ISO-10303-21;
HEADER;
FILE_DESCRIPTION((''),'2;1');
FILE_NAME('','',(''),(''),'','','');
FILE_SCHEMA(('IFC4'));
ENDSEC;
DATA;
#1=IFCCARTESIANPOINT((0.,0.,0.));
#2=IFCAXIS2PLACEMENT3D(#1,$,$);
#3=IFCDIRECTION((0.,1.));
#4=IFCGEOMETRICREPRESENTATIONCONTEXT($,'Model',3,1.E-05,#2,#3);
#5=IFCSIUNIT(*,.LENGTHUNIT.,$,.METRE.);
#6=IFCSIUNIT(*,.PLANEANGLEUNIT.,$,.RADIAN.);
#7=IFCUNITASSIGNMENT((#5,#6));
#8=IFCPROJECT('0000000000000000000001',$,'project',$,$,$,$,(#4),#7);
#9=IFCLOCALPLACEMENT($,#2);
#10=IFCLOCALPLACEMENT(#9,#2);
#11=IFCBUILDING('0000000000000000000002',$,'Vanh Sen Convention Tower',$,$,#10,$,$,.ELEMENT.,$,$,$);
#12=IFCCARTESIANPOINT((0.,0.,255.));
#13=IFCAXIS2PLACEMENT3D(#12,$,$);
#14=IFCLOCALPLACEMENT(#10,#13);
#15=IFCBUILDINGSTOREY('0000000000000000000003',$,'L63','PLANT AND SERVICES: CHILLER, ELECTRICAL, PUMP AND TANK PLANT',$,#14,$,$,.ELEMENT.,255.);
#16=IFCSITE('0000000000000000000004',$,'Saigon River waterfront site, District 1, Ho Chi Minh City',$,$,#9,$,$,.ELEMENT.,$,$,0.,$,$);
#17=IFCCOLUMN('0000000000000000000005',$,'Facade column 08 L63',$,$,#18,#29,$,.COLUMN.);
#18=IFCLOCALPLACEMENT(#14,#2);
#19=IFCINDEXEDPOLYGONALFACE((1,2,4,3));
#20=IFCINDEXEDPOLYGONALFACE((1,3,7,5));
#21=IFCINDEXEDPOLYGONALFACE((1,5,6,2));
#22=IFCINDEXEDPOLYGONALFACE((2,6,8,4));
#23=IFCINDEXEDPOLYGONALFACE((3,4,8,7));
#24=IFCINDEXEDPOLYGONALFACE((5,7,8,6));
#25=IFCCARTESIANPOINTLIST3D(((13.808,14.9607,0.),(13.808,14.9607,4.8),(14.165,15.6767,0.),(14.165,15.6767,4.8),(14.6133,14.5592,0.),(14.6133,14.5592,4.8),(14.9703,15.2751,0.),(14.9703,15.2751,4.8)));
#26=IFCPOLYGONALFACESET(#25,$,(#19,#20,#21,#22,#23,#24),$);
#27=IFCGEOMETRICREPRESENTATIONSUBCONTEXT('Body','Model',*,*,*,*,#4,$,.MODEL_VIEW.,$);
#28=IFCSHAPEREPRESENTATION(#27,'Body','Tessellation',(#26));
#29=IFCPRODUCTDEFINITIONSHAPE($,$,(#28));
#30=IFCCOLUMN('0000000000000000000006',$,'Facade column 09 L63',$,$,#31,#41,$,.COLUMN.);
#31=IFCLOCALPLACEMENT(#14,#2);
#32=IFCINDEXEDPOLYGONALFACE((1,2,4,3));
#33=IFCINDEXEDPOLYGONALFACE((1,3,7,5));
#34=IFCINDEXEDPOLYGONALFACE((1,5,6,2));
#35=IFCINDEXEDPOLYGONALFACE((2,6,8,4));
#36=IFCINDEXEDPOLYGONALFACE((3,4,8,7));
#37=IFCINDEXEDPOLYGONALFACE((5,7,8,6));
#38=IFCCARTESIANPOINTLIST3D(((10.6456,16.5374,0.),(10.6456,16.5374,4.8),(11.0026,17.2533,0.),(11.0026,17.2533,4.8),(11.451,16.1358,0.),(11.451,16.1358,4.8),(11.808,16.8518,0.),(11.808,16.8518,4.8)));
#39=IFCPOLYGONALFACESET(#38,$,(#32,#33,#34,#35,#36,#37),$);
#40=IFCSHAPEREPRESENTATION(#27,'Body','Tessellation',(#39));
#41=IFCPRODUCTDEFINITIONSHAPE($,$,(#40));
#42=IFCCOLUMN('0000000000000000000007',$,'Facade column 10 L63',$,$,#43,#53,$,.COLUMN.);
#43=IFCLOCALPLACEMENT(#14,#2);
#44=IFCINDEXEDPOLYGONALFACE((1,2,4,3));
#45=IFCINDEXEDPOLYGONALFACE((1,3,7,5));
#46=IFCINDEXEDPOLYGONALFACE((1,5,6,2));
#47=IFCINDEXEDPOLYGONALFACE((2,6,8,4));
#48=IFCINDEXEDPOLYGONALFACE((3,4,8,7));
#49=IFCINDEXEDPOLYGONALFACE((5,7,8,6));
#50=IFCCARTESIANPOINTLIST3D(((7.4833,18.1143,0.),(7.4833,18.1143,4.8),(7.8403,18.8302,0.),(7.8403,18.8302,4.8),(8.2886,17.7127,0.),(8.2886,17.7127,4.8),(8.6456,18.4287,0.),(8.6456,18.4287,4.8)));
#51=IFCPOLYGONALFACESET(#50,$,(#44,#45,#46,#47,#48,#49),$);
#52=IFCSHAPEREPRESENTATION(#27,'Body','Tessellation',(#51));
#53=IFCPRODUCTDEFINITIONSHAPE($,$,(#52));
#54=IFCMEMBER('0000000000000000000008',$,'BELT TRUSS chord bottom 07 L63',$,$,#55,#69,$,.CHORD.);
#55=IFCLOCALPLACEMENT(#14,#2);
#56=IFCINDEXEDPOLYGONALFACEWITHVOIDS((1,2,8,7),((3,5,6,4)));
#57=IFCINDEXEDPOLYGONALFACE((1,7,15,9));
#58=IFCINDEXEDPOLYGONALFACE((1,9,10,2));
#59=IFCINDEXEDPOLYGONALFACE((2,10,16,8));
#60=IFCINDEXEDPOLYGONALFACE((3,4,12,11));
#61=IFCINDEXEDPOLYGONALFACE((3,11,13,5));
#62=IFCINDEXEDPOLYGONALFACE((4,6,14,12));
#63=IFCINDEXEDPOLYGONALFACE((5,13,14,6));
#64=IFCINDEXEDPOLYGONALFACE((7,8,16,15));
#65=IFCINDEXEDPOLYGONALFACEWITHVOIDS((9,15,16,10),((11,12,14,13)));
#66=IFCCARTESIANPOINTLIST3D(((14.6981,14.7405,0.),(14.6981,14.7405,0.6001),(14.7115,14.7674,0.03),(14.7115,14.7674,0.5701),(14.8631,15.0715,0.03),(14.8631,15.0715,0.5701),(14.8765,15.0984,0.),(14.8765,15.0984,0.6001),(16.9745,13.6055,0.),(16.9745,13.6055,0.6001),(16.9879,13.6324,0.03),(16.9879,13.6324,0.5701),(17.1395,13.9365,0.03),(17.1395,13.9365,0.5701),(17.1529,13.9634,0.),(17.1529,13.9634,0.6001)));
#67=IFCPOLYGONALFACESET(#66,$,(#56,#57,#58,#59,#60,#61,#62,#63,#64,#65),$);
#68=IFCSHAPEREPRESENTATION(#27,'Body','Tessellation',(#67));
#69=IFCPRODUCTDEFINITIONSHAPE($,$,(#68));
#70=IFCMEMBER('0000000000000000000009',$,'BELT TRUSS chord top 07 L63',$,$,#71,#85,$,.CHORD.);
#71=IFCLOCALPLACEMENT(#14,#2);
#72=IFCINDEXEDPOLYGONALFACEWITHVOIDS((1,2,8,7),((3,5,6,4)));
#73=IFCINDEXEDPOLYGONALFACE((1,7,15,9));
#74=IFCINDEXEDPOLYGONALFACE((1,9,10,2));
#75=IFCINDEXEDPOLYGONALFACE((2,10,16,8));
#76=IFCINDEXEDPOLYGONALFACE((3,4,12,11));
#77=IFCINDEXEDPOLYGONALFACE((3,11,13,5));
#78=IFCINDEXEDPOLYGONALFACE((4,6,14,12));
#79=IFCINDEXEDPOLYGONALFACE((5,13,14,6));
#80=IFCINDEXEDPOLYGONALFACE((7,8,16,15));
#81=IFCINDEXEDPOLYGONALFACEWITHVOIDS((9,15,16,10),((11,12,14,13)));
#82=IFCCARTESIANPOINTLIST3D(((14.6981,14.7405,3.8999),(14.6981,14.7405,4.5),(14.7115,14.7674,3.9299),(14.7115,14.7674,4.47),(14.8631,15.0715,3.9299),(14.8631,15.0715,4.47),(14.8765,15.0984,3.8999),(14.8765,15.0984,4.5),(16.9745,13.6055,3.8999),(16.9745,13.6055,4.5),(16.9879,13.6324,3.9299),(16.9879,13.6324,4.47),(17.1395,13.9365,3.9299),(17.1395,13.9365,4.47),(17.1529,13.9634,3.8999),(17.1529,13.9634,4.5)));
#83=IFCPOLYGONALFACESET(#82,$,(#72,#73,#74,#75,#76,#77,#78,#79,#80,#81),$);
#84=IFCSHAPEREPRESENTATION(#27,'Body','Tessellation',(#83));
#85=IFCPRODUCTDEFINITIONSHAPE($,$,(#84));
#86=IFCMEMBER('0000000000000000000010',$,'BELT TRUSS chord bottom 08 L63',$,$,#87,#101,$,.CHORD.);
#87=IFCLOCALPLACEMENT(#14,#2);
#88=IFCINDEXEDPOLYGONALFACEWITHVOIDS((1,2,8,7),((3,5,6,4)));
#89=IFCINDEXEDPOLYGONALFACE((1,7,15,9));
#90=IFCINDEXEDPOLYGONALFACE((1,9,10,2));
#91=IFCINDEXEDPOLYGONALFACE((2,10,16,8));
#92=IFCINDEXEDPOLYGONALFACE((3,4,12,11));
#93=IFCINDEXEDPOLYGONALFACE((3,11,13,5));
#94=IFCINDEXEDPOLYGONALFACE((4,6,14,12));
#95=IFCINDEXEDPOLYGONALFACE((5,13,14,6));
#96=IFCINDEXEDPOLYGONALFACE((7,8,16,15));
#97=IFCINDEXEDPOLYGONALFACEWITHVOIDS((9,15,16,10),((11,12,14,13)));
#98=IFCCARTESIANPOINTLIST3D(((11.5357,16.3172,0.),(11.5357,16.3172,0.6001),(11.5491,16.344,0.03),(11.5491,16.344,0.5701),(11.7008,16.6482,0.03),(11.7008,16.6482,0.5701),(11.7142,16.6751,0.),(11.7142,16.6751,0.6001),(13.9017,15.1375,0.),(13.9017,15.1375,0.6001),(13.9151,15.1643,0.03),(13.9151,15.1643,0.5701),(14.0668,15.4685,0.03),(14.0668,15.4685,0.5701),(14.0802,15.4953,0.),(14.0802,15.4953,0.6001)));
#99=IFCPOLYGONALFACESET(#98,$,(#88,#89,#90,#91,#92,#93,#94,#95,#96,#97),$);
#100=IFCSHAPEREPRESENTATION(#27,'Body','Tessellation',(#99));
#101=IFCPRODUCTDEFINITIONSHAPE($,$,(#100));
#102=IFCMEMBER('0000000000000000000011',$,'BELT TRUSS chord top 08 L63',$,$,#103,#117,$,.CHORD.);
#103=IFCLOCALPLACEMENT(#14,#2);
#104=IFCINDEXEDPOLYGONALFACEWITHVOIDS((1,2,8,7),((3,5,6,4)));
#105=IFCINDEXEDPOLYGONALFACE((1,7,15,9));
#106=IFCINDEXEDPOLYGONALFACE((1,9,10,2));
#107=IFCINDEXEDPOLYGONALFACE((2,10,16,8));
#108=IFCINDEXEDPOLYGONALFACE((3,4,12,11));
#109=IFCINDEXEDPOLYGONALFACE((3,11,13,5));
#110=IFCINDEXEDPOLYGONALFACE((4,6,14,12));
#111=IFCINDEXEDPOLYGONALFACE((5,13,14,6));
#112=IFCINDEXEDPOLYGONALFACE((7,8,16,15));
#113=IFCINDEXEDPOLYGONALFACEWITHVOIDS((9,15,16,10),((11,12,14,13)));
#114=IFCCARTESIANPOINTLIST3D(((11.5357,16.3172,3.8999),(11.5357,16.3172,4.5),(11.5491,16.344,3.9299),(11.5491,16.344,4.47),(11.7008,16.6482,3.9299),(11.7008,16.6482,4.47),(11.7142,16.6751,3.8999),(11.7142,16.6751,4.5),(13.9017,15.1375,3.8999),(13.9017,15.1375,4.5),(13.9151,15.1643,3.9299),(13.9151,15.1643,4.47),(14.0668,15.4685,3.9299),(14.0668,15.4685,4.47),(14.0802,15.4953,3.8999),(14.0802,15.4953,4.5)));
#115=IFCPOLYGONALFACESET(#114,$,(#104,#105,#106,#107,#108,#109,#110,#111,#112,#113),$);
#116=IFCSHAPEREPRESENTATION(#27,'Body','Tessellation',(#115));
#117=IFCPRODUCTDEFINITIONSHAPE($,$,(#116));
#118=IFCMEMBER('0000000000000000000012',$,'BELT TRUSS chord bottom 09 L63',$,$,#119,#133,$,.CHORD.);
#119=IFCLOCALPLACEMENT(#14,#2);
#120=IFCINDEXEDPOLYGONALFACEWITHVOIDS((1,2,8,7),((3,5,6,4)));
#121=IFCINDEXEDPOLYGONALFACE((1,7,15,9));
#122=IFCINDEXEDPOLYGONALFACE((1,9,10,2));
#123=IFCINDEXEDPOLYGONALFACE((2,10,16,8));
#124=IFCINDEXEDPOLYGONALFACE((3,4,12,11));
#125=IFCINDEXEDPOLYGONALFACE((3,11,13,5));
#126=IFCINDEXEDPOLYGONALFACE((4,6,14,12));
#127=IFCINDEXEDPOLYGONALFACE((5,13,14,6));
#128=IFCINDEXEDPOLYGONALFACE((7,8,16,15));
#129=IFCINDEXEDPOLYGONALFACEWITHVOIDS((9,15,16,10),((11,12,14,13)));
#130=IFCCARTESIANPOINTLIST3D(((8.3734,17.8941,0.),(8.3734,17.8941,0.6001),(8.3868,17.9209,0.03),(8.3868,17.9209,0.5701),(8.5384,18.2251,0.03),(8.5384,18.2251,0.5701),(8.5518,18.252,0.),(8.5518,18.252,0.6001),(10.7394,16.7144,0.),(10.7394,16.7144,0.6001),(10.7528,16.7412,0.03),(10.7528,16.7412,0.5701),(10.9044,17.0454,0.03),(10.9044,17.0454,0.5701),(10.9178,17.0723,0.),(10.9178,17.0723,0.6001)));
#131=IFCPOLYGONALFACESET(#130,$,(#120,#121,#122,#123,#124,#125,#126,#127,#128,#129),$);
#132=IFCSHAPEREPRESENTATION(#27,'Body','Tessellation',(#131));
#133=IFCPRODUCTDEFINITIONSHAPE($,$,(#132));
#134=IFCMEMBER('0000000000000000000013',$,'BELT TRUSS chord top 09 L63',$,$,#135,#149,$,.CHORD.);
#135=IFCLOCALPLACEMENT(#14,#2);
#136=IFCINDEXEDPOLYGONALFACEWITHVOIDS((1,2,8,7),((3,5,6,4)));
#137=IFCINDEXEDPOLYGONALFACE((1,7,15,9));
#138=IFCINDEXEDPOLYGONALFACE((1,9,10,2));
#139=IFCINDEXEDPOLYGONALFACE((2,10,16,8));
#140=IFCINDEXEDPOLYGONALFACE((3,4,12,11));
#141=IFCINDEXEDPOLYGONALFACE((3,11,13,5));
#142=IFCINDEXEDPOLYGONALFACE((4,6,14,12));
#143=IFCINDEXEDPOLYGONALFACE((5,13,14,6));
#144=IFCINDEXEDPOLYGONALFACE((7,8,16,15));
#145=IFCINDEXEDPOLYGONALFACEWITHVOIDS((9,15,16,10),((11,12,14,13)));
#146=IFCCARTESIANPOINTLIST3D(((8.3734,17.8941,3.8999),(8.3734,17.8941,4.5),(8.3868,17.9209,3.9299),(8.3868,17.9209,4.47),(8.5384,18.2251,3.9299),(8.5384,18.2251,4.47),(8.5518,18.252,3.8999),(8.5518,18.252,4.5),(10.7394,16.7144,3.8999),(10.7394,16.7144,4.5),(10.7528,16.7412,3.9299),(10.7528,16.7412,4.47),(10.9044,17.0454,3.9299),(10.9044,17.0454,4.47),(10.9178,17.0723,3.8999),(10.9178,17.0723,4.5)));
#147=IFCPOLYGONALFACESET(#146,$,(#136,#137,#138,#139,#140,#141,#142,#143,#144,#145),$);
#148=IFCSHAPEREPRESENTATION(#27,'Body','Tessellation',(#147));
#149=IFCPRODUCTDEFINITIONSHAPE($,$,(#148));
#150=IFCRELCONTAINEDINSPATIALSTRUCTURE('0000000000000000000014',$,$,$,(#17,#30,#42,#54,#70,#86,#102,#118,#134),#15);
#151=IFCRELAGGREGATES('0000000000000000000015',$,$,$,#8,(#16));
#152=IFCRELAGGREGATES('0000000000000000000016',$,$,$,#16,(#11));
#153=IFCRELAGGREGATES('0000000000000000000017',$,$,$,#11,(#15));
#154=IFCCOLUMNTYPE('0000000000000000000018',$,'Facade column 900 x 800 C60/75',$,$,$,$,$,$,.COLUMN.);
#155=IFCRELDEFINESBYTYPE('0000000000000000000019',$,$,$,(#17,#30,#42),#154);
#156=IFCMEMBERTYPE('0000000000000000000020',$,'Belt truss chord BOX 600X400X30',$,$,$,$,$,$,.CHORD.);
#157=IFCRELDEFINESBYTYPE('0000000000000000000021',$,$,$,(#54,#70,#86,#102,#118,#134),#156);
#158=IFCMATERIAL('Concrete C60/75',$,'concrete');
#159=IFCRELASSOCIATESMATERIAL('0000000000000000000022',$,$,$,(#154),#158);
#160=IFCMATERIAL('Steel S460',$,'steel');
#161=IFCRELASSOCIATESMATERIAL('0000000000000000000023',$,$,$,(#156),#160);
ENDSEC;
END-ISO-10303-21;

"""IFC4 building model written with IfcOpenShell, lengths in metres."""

from ifc_helpers import new_model, si_unit, direction, frame, origin, origin_2d, place, context, subcontext, project, spatial, rectangle, hollow_rectangle, extrude, material, material_profile, profile_set, type_object, element, save


model = new_model("IFC4")

# Units and contexts
model_context = context("Model", 3, precision=1e-05, world=origin(), true_north=direction((0.0, 1.0)))
body_context = subcontext(model_context, "Body", "Model", "MODEL_VIEW")
ifc_project = project(units=[si_unit("LENGTHUNIT", "METRE"), si_unit("PLANEANGLEUNIT", "RADIAN")], contexts=[model_context])

# Site, building, storey
site_placement = place(None, origin())
site = spatial("IfcSite", under=ifc_project, at=site_placement, Name="Saigon River waterfront site, District 1, Ho Chi Minh City", CompositionType="ELEMENT", RefElevation=0.0)
building_placement = place(site_placement, origin())
building = spatial("IfcBuilding", under=site, at=building_placement, Name="Vanh Sen Convention Tower", CompositionType="ELEMENT")
storey_placement = place(building_placement, frame((0.0, 0.0, 255.0)))
storey = spatial("IfcBuildingStorey", under=building, at=storey_placement, Name="L63", Description="PLANT AND SERVICES: CHILLER, ELECTRICAL, PUMP AND TANK PLANT", CompositionType="ELEMENT", Elevation=255.0)

# Columns
ifc_material_1 = material(Name="Concrete C60/75", Category="concrete")
ifc_material_profile_1 = material_profile(ifc_material_1, rectangle(XDim=0.8999, YDim=0.8, at=origin_2d()), Name="RC 900X800")
ifc_profile_set_1 = profile_set([ifc_material_profile_1], Name="Concrete C60/75")
column_type = type_object("IfcColumnType", Name="Facade column 900 x 800 C60/75", PredefinedType="COLUMN", material=ifc_profile_set_1)
for number, where, z_axis, x_axis, name in (
    (1, (14.3892, 15.1179, 0.0), (0.0, 0.0, 1.0), (-0.894934, 0.446198, 0.0), "Facade column 08 L63"),
    (2, (11.2268, 16.6946, 0.0), (0.0, 0.0, 1.0), (-0.894934, 0.446198, 0.0), "Facade column 09 L63"),
    (3, (8.0645, 18.2715, 0.0), (0.0, 0.0, 1.0), (-0.894934, 0.446198, 0.0), "Facade column 10 L63"),
):
    element("IfcColumn", number, at=place(storey_placement, frame(where, z_axis=z_axis, x_axis=x_axis)), inside=storey, type_object=column_type, Name=name, PredefinedType="COLUMN", context=body_context, shape_type="SweptSolid", body=[
        extrude(rectangle(XDim=0.8999, YDim=0.8, at=origin_2d()), origin(), (0.0, 0.0, 1.0), 4.8),
    ])

# Members
ifc_material_2 = material(Name="Steel S460", Category="steel")
ifc_material_profile_2 = material_profile(ifc_material_2, hollow_rectangle(XDim=0.3999, YDim=0.6001, WallThickness=0.03, at=origin_2d()), Name="BOX 600X400X30")
ifc_profile_set_2 = profile_set([ifc_material_profile_2], Name="Steel S460")
member_type_1 = type_object("IfcMemberType", Name="Belt truss chord BOX 600X400X30", PredefinedType="CHORD", material=ifc_profile_set_2)
for number, where, z_axis, x_axis, name in (
    (4, (17.0637, 13.7844, 0.3), (-0.894926, 0.446215, 0.0), (-0.446215, -0.894926, 0.0), "BELT TRUSS chord bottom 07 L63"),
    (5, (17.0637, 13.7844, 4.2), (-0.894926, 0.446215, 0.0), (-0.446215, -0.894926, 0.0), "BELT TRUSS chord top 07 L63"),
):
    element("IfcMember", number, at=place(storey_placement, frame(where, z_axis=z_axis, x_axis=x_axis)), inside=storey, type_object=member_type_1, Name=name, PredefinedType="CHORD", context=body_context, shape_type="SweptSolid", body=[
        extrude(hollow_rectangle(XDim=0.3999, YDim=0.6001, WallThickness=0.03, at=origin_2d()), origin(), (0.0, 0.0, 1.0), 2.5437),
    ])
for number, where, z_axis, x_axis, name in (
    (6, (13.991, 15.3164, 0.3), (-0.894925, 0.446216, 0.0), (-0.446216, -0.894925, 0.0), "BELT TRUSS chord bottom 08 L63"),
    (7, (13.991, 15.3164, 4.2), (-0.894925, 0.446216, 0.0), (-0.446216, -0.894925, 0.0), "BELT TRUSS chord top 08 L63"),
    (8, (10.8286, 16.8933, 0.3), (-0.894925, 0.446216, 0.0), (-0.446216, -0.894925, 0.0), "BELT TRUSS chord bottom 09 L63"),
    (9, (10.8286, 16.8933, 4.2), (-0.894925, 0.446216, 0.0), (-0.446216, -0.894925, 0.0), "BELT TRUSS chord top 09 L63"),
):
    element("IfcMember", number, at=place(storey_placement, frame(where, z_axis=z_axis, x_axis=x_axis)), inside=storey, type_object=member_type_1, Name=name, PredefinedType="CHORD", context=body_context, shape_type="SweptSolid", body=[
        extrude(hollow_rectangle(XDim=0.3999, YDim=0.6001, WallThickness=0.03, at=origin_2d()), origin(), (0.0, 0.0, 1.0), 2.6438),
    ])

save(model, "model.ifc")
